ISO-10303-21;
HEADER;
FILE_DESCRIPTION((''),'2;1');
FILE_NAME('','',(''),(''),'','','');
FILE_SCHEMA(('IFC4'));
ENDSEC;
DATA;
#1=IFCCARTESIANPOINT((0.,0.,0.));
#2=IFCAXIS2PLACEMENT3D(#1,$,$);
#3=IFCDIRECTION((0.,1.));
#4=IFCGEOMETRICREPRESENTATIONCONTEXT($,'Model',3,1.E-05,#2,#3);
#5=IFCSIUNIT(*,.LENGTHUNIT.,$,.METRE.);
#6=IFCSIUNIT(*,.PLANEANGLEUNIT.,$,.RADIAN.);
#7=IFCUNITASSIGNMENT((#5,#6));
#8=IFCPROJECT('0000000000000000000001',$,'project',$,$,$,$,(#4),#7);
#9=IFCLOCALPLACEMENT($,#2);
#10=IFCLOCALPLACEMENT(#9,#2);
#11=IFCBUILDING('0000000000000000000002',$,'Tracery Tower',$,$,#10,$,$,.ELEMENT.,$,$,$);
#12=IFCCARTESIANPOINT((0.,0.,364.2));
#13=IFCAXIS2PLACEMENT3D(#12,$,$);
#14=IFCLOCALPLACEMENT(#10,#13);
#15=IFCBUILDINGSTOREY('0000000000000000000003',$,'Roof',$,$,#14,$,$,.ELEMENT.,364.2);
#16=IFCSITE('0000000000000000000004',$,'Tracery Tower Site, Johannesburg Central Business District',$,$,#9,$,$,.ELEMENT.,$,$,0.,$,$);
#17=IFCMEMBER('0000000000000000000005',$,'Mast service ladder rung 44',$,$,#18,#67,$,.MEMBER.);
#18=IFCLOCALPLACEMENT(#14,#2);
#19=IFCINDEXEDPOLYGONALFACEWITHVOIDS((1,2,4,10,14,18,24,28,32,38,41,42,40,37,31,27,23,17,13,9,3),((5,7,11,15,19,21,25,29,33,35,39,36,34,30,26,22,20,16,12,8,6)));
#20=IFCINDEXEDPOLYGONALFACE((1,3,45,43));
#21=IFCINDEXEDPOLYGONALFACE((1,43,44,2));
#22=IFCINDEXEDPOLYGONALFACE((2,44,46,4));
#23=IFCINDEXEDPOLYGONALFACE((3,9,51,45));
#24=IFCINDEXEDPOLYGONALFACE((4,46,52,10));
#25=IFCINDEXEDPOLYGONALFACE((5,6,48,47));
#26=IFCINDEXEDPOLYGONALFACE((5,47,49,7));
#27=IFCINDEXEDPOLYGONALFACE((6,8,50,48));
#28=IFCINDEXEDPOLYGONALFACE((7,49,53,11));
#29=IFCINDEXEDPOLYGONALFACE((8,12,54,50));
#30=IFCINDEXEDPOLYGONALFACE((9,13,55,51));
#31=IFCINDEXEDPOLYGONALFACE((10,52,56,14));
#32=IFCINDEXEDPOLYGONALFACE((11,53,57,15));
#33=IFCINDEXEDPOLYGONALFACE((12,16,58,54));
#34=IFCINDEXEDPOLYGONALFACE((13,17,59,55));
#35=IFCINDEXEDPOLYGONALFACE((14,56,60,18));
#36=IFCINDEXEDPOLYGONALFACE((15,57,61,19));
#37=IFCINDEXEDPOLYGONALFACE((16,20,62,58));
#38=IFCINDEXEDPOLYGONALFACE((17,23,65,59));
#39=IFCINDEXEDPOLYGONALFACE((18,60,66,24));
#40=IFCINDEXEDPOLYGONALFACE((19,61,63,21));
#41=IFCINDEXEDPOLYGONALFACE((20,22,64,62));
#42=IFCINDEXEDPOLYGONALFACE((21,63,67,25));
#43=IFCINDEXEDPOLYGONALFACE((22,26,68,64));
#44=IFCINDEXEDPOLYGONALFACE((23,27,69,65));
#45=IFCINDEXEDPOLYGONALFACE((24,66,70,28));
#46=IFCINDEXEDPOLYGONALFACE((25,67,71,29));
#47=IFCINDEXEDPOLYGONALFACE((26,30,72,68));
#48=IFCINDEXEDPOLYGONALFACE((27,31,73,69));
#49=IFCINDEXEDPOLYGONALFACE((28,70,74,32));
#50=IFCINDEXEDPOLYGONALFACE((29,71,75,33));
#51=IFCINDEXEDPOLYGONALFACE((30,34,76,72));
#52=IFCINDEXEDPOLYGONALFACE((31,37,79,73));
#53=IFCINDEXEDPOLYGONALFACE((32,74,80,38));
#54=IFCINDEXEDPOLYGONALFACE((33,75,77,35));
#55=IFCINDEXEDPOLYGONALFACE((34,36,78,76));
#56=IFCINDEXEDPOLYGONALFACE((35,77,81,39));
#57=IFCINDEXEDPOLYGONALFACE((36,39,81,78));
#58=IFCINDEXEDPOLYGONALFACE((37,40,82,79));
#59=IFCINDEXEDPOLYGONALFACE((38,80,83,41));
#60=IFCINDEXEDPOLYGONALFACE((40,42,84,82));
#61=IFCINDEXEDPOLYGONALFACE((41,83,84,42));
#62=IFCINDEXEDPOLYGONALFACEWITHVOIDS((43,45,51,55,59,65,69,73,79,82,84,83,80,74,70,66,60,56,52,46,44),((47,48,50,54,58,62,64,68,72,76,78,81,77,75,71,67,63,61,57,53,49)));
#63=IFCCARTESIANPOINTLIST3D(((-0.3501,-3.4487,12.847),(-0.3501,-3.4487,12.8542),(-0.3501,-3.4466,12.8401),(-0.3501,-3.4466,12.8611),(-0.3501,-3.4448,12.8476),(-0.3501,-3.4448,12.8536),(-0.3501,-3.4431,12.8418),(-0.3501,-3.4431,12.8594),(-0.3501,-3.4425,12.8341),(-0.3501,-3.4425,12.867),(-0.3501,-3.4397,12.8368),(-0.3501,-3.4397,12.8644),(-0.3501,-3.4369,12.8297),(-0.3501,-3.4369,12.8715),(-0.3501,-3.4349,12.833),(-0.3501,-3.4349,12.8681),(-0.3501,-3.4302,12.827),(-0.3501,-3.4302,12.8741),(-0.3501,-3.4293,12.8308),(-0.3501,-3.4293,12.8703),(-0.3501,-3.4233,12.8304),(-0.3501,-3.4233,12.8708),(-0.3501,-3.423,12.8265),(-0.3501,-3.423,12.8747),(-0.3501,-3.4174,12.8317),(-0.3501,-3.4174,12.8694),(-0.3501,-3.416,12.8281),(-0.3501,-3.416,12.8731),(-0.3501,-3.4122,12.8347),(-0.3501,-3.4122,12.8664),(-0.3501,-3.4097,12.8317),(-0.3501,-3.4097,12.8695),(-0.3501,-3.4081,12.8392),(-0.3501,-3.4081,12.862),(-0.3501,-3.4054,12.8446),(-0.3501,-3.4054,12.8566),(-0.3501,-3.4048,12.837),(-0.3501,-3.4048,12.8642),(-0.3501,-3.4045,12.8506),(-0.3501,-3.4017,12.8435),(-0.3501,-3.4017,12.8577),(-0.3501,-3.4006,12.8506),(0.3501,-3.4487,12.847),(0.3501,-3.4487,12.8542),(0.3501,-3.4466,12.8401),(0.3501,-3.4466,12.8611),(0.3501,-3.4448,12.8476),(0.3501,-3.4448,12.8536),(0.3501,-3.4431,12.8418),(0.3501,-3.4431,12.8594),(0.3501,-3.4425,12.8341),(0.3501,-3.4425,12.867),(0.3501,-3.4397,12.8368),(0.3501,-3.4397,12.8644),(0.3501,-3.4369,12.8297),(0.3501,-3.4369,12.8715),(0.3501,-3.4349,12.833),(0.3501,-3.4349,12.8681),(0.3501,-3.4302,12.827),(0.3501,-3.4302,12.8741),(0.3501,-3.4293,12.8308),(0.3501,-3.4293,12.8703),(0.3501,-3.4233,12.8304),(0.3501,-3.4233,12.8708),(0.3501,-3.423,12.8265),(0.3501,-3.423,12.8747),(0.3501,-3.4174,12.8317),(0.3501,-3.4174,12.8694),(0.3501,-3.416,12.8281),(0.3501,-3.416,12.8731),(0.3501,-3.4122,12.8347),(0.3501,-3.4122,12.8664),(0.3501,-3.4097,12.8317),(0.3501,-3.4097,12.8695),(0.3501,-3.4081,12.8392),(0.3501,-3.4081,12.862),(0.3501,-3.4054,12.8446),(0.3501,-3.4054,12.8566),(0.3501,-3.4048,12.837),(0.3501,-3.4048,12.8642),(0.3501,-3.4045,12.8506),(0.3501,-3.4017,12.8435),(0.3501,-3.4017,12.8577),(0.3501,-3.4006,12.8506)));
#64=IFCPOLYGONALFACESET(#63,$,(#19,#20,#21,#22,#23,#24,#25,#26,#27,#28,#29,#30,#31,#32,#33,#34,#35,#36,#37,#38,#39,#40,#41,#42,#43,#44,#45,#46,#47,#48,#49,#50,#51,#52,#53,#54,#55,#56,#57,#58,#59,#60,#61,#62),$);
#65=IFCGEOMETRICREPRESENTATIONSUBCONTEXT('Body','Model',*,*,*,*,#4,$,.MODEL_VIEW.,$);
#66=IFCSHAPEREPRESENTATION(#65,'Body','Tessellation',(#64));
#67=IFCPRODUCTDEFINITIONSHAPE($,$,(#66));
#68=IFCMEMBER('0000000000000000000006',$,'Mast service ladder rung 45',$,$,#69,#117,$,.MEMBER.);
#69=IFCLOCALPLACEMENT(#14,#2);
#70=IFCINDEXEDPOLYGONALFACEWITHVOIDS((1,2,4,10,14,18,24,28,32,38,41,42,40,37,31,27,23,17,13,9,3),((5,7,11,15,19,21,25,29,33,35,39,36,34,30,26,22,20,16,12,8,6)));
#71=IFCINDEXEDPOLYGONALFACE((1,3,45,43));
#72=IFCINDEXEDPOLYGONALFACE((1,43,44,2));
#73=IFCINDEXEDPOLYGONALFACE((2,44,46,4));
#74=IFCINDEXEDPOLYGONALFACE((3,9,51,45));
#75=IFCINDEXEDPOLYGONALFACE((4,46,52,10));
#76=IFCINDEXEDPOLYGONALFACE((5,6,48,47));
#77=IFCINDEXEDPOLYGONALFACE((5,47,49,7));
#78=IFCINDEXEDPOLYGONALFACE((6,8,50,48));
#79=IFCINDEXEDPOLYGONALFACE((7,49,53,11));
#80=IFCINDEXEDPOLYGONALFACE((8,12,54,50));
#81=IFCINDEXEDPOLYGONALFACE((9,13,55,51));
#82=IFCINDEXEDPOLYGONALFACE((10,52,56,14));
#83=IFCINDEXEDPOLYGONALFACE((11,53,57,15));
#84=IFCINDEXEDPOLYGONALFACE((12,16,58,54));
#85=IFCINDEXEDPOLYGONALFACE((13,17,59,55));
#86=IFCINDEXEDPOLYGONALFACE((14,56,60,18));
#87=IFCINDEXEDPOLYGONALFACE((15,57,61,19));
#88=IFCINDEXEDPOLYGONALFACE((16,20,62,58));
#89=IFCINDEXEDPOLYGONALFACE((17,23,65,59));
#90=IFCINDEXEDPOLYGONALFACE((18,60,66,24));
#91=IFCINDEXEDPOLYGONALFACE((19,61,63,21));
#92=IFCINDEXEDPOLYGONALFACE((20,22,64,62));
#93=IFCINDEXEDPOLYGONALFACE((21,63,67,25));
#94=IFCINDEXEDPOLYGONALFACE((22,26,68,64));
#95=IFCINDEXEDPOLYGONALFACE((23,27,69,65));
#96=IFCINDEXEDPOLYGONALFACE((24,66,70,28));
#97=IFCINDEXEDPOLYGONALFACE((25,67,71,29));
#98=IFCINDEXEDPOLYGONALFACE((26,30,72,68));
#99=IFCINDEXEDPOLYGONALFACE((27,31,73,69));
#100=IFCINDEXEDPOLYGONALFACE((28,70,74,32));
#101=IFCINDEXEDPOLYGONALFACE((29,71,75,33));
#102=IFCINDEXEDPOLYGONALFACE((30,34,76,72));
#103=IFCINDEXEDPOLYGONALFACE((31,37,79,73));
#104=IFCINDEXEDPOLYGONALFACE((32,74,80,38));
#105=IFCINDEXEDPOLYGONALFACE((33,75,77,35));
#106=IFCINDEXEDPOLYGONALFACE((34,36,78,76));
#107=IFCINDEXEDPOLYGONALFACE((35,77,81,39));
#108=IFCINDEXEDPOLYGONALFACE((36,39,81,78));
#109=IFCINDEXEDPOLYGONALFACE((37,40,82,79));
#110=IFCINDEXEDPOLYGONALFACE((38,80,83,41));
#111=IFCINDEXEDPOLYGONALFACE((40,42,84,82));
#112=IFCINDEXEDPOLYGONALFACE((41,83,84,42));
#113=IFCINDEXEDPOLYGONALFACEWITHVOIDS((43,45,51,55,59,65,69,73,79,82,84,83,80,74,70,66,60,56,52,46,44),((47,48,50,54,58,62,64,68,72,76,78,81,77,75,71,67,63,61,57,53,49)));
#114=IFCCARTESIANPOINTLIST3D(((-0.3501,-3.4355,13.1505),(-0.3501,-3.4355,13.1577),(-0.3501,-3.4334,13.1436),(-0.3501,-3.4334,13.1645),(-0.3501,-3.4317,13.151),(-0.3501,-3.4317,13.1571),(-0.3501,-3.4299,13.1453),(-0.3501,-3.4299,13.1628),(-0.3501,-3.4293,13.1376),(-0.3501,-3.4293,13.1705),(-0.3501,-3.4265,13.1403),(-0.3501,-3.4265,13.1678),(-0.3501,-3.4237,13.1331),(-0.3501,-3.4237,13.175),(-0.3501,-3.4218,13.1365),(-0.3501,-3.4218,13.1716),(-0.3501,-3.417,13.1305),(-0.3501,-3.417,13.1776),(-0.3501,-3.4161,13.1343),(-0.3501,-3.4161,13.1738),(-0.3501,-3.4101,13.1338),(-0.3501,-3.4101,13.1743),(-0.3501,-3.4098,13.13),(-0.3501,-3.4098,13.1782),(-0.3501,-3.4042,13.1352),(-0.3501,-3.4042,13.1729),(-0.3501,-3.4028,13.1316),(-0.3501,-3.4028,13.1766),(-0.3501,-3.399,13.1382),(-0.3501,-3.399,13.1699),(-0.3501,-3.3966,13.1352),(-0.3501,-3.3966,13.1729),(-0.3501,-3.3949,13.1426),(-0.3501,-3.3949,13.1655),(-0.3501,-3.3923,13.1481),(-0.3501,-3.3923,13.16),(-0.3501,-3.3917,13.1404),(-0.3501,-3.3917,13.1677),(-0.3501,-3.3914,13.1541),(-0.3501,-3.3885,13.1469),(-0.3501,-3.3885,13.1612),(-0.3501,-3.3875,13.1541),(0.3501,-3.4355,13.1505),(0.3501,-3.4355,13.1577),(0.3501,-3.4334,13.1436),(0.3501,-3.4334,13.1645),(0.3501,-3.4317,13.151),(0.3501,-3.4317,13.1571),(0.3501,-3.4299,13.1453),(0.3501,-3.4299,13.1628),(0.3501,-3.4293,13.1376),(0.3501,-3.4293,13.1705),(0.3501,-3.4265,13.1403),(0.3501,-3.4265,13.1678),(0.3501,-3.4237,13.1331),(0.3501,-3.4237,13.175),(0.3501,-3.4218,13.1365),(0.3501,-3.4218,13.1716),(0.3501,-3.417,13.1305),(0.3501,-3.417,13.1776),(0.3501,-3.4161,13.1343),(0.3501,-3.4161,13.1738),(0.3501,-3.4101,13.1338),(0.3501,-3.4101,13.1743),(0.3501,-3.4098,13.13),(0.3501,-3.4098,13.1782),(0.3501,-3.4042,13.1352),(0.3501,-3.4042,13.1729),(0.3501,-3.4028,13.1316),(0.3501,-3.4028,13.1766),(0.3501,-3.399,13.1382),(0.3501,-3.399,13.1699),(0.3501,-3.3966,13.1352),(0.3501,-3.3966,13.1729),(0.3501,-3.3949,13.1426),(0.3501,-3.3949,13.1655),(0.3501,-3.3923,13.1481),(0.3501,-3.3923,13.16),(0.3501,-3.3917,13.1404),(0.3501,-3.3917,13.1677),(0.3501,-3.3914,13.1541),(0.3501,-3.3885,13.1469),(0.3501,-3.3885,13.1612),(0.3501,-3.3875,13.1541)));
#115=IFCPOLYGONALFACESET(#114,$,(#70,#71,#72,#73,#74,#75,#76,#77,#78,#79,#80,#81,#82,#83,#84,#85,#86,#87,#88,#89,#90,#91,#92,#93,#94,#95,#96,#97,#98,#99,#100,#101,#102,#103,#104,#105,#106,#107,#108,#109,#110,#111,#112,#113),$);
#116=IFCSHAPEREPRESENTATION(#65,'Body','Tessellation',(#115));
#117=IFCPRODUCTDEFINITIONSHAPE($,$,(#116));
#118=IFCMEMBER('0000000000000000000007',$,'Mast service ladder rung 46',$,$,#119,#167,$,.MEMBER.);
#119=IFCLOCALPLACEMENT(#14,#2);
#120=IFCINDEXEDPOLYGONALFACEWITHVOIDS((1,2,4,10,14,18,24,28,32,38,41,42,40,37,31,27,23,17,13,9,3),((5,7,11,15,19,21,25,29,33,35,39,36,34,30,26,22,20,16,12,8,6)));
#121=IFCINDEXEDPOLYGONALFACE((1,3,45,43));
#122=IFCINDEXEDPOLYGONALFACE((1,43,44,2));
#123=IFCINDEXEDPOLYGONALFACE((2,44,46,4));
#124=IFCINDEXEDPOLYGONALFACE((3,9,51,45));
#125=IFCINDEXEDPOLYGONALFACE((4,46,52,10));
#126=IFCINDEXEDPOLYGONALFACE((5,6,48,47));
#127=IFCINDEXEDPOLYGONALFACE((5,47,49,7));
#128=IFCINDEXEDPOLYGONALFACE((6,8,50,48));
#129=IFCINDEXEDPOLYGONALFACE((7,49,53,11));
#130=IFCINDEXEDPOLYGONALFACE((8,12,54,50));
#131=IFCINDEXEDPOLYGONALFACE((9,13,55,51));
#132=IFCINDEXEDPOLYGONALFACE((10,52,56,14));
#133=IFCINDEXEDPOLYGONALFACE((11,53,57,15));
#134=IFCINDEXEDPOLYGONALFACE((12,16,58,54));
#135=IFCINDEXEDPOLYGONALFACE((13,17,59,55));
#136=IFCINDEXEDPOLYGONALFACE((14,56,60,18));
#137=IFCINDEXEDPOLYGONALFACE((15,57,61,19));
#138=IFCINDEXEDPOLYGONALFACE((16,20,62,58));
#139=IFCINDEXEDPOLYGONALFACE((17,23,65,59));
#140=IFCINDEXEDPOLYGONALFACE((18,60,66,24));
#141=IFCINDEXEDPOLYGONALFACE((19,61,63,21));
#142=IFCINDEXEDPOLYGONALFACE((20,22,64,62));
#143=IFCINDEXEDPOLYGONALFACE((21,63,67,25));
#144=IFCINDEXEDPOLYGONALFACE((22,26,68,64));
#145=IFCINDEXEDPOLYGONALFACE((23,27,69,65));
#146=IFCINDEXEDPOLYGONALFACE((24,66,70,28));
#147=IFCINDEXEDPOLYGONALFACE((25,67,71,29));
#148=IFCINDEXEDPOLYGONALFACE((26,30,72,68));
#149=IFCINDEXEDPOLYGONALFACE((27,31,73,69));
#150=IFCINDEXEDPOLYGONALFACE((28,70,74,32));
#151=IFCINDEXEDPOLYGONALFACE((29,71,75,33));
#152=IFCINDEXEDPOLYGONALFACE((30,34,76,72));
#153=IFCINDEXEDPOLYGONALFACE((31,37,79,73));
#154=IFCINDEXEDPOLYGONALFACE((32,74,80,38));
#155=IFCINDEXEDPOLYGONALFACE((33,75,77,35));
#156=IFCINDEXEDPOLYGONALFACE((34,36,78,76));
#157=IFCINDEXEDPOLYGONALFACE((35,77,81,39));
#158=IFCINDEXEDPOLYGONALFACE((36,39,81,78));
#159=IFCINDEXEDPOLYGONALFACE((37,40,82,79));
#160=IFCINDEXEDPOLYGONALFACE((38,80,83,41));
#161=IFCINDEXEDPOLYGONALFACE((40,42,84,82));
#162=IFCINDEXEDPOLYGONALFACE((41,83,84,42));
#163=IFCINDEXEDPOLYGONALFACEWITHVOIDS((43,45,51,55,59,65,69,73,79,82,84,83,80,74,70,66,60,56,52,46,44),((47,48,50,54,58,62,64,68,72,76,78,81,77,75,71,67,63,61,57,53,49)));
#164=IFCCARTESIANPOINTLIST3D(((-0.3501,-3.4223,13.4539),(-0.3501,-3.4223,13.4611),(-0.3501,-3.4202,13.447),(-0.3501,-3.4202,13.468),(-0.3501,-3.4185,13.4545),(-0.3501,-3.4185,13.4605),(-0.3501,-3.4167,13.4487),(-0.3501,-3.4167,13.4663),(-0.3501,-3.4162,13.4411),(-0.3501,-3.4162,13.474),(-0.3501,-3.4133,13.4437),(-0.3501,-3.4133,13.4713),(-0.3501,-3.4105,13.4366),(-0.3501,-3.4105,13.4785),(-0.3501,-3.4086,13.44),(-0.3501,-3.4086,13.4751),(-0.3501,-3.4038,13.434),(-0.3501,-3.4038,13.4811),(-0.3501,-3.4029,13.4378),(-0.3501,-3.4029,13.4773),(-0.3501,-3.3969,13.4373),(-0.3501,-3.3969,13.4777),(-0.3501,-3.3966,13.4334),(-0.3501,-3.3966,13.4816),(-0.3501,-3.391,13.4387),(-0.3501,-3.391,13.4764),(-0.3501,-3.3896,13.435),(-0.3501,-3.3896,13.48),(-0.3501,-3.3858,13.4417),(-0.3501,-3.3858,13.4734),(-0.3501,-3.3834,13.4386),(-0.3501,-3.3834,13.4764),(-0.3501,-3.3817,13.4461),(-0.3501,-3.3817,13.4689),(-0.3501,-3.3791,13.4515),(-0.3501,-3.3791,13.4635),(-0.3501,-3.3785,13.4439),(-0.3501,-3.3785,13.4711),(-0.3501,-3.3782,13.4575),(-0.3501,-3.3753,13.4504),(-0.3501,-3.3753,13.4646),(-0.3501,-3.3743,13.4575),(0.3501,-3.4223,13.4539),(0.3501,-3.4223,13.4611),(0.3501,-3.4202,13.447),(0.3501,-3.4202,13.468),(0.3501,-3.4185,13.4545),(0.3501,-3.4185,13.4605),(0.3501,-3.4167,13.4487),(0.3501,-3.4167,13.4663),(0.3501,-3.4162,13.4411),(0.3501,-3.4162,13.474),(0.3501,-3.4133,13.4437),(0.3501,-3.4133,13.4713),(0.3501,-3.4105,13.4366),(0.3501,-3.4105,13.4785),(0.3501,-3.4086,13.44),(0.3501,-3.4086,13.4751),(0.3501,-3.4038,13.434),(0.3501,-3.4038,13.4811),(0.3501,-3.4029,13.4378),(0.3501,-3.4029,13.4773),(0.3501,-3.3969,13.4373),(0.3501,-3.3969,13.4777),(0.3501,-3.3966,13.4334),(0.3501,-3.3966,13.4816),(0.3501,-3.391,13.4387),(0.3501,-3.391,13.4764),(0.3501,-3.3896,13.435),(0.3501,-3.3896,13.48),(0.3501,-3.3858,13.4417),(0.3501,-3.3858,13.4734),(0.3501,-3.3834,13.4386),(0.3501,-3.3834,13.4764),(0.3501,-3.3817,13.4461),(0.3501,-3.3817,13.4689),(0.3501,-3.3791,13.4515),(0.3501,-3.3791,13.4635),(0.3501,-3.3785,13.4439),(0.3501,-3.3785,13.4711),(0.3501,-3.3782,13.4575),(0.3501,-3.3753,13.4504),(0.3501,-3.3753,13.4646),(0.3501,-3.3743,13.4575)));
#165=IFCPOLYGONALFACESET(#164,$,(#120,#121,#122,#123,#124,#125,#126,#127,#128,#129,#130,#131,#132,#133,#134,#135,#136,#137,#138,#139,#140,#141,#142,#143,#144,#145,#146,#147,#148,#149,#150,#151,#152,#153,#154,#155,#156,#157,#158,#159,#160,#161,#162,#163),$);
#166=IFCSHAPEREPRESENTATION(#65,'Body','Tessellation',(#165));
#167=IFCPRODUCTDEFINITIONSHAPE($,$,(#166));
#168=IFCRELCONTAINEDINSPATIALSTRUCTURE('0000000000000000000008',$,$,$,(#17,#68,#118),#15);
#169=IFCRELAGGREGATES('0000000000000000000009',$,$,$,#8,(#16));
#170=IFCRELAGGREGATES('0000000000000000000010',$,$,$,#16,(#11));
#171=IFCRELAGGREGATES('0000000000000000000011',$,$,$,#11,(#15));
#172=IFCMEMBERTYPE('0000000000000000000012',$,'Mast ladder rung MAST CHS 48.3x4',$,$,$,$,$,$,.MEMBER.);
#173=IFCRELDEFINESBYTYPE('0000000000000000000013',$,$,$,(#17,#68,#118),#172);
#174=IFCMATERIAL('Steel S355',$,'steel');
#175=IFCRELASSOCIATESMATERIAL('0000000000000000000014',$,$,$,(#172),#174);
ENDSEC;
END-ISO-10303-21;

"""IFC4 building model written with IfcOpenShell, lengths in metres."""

from ifc_helpers import new_model, si_unit, direction, frame, origin, origin_2d, place, context, subcontext, project, spatial, hollow_circle, extrude, material, material_profile, profile_set, type_object, element, save


model = new_model("IFC4")

# Units and contexts
model_context = context("Model", 3, precision=1e-05, world=origin(), true_north=direction((0.0, 1.0)))
body_context = subcontext(model_context, "Body", "Model", "MODEL_VIEW")
ifc_project = project(units=[si_unit("LENGTHUNIT", "METRE"), si_unit("PLANEANGLEUNIT", "RADIAN")], contexts=[model_context])

# Site, building, storey
site_placement = place(None, origin())
site = spatial("IfcSite", under=ifc_project, at=site_placement, Name="Tracery Tower Site, Johannesburg Central Business District", CompositionType="ELEMENT", RefElevation=0.0)
building_placement = place(site_placement, origin())
building = spatial("IfcBuilding", under=site, at=building_placement, Name="Tracery Tower", CompositionType="ELEMENT")
storey_placement = place(building_placement, frame((0.0, 0.0, 364.2)))
storey = spatial("IfcBuildingStorey", under=building, at=storey_placement, Name="Roof", CompositionType="ELEMENT", Elevation=364.2)

# Members
ifc_material_1 = material(Name="Steel S355", Category="steel")
ifc_material_profile_1 = material_profile(ifc_material_1, hollow_circle(Radius=0.0242, WallThickness=0.0039, at=origin_2d()), Name="CHS 48.3x4")
ifc_profile_set_1 = profile_set([ifc_material_profile_1], Name="Steel S355")
member_type_1 = type_object("IfcMemberType", Name="Mast ladder rung MAST CHS 48.3x4", PredefinedType="MEMBER", material=ifc_profile_set_1)
for number, where, z_axis, x_axis, name in (
    (1, (-0.3501, -3.4248, 12.8506), (1.0, 0.0, 0.0), (0.0, 1.0, 0.0), "Mast service ladder rung 44"),
    (2, (-0.3501, -3.4116, 13.1541), (1.0, 0.0, 0.0), (0.0, 1.0, 0.0), "Mast service ladder rung 45"),
    (3, (-0.3501, -3.3984, 13.4575), (1.0, 0.0, 0.0), (0.0, 1.0, 0.0), "Mast service ladder rung 46"),
):
    element("IfcMember", number, at=place(storey_placement, frame(where, z_axis=z_axis, x_axis=x_axis)), inside=storey, type_object=member_type_1, Name=name, PredefinedType="MEMBER", context=body_context, shape_type="SweptSolid", body=[
        extrude(hollow_circle(Radius=0.0242, WallThickness=0.0039, at=origin_2d()), origin(), (0.0, 0.0, 1.0), 0.7002),
    ])

save(model, "model.ifc")
